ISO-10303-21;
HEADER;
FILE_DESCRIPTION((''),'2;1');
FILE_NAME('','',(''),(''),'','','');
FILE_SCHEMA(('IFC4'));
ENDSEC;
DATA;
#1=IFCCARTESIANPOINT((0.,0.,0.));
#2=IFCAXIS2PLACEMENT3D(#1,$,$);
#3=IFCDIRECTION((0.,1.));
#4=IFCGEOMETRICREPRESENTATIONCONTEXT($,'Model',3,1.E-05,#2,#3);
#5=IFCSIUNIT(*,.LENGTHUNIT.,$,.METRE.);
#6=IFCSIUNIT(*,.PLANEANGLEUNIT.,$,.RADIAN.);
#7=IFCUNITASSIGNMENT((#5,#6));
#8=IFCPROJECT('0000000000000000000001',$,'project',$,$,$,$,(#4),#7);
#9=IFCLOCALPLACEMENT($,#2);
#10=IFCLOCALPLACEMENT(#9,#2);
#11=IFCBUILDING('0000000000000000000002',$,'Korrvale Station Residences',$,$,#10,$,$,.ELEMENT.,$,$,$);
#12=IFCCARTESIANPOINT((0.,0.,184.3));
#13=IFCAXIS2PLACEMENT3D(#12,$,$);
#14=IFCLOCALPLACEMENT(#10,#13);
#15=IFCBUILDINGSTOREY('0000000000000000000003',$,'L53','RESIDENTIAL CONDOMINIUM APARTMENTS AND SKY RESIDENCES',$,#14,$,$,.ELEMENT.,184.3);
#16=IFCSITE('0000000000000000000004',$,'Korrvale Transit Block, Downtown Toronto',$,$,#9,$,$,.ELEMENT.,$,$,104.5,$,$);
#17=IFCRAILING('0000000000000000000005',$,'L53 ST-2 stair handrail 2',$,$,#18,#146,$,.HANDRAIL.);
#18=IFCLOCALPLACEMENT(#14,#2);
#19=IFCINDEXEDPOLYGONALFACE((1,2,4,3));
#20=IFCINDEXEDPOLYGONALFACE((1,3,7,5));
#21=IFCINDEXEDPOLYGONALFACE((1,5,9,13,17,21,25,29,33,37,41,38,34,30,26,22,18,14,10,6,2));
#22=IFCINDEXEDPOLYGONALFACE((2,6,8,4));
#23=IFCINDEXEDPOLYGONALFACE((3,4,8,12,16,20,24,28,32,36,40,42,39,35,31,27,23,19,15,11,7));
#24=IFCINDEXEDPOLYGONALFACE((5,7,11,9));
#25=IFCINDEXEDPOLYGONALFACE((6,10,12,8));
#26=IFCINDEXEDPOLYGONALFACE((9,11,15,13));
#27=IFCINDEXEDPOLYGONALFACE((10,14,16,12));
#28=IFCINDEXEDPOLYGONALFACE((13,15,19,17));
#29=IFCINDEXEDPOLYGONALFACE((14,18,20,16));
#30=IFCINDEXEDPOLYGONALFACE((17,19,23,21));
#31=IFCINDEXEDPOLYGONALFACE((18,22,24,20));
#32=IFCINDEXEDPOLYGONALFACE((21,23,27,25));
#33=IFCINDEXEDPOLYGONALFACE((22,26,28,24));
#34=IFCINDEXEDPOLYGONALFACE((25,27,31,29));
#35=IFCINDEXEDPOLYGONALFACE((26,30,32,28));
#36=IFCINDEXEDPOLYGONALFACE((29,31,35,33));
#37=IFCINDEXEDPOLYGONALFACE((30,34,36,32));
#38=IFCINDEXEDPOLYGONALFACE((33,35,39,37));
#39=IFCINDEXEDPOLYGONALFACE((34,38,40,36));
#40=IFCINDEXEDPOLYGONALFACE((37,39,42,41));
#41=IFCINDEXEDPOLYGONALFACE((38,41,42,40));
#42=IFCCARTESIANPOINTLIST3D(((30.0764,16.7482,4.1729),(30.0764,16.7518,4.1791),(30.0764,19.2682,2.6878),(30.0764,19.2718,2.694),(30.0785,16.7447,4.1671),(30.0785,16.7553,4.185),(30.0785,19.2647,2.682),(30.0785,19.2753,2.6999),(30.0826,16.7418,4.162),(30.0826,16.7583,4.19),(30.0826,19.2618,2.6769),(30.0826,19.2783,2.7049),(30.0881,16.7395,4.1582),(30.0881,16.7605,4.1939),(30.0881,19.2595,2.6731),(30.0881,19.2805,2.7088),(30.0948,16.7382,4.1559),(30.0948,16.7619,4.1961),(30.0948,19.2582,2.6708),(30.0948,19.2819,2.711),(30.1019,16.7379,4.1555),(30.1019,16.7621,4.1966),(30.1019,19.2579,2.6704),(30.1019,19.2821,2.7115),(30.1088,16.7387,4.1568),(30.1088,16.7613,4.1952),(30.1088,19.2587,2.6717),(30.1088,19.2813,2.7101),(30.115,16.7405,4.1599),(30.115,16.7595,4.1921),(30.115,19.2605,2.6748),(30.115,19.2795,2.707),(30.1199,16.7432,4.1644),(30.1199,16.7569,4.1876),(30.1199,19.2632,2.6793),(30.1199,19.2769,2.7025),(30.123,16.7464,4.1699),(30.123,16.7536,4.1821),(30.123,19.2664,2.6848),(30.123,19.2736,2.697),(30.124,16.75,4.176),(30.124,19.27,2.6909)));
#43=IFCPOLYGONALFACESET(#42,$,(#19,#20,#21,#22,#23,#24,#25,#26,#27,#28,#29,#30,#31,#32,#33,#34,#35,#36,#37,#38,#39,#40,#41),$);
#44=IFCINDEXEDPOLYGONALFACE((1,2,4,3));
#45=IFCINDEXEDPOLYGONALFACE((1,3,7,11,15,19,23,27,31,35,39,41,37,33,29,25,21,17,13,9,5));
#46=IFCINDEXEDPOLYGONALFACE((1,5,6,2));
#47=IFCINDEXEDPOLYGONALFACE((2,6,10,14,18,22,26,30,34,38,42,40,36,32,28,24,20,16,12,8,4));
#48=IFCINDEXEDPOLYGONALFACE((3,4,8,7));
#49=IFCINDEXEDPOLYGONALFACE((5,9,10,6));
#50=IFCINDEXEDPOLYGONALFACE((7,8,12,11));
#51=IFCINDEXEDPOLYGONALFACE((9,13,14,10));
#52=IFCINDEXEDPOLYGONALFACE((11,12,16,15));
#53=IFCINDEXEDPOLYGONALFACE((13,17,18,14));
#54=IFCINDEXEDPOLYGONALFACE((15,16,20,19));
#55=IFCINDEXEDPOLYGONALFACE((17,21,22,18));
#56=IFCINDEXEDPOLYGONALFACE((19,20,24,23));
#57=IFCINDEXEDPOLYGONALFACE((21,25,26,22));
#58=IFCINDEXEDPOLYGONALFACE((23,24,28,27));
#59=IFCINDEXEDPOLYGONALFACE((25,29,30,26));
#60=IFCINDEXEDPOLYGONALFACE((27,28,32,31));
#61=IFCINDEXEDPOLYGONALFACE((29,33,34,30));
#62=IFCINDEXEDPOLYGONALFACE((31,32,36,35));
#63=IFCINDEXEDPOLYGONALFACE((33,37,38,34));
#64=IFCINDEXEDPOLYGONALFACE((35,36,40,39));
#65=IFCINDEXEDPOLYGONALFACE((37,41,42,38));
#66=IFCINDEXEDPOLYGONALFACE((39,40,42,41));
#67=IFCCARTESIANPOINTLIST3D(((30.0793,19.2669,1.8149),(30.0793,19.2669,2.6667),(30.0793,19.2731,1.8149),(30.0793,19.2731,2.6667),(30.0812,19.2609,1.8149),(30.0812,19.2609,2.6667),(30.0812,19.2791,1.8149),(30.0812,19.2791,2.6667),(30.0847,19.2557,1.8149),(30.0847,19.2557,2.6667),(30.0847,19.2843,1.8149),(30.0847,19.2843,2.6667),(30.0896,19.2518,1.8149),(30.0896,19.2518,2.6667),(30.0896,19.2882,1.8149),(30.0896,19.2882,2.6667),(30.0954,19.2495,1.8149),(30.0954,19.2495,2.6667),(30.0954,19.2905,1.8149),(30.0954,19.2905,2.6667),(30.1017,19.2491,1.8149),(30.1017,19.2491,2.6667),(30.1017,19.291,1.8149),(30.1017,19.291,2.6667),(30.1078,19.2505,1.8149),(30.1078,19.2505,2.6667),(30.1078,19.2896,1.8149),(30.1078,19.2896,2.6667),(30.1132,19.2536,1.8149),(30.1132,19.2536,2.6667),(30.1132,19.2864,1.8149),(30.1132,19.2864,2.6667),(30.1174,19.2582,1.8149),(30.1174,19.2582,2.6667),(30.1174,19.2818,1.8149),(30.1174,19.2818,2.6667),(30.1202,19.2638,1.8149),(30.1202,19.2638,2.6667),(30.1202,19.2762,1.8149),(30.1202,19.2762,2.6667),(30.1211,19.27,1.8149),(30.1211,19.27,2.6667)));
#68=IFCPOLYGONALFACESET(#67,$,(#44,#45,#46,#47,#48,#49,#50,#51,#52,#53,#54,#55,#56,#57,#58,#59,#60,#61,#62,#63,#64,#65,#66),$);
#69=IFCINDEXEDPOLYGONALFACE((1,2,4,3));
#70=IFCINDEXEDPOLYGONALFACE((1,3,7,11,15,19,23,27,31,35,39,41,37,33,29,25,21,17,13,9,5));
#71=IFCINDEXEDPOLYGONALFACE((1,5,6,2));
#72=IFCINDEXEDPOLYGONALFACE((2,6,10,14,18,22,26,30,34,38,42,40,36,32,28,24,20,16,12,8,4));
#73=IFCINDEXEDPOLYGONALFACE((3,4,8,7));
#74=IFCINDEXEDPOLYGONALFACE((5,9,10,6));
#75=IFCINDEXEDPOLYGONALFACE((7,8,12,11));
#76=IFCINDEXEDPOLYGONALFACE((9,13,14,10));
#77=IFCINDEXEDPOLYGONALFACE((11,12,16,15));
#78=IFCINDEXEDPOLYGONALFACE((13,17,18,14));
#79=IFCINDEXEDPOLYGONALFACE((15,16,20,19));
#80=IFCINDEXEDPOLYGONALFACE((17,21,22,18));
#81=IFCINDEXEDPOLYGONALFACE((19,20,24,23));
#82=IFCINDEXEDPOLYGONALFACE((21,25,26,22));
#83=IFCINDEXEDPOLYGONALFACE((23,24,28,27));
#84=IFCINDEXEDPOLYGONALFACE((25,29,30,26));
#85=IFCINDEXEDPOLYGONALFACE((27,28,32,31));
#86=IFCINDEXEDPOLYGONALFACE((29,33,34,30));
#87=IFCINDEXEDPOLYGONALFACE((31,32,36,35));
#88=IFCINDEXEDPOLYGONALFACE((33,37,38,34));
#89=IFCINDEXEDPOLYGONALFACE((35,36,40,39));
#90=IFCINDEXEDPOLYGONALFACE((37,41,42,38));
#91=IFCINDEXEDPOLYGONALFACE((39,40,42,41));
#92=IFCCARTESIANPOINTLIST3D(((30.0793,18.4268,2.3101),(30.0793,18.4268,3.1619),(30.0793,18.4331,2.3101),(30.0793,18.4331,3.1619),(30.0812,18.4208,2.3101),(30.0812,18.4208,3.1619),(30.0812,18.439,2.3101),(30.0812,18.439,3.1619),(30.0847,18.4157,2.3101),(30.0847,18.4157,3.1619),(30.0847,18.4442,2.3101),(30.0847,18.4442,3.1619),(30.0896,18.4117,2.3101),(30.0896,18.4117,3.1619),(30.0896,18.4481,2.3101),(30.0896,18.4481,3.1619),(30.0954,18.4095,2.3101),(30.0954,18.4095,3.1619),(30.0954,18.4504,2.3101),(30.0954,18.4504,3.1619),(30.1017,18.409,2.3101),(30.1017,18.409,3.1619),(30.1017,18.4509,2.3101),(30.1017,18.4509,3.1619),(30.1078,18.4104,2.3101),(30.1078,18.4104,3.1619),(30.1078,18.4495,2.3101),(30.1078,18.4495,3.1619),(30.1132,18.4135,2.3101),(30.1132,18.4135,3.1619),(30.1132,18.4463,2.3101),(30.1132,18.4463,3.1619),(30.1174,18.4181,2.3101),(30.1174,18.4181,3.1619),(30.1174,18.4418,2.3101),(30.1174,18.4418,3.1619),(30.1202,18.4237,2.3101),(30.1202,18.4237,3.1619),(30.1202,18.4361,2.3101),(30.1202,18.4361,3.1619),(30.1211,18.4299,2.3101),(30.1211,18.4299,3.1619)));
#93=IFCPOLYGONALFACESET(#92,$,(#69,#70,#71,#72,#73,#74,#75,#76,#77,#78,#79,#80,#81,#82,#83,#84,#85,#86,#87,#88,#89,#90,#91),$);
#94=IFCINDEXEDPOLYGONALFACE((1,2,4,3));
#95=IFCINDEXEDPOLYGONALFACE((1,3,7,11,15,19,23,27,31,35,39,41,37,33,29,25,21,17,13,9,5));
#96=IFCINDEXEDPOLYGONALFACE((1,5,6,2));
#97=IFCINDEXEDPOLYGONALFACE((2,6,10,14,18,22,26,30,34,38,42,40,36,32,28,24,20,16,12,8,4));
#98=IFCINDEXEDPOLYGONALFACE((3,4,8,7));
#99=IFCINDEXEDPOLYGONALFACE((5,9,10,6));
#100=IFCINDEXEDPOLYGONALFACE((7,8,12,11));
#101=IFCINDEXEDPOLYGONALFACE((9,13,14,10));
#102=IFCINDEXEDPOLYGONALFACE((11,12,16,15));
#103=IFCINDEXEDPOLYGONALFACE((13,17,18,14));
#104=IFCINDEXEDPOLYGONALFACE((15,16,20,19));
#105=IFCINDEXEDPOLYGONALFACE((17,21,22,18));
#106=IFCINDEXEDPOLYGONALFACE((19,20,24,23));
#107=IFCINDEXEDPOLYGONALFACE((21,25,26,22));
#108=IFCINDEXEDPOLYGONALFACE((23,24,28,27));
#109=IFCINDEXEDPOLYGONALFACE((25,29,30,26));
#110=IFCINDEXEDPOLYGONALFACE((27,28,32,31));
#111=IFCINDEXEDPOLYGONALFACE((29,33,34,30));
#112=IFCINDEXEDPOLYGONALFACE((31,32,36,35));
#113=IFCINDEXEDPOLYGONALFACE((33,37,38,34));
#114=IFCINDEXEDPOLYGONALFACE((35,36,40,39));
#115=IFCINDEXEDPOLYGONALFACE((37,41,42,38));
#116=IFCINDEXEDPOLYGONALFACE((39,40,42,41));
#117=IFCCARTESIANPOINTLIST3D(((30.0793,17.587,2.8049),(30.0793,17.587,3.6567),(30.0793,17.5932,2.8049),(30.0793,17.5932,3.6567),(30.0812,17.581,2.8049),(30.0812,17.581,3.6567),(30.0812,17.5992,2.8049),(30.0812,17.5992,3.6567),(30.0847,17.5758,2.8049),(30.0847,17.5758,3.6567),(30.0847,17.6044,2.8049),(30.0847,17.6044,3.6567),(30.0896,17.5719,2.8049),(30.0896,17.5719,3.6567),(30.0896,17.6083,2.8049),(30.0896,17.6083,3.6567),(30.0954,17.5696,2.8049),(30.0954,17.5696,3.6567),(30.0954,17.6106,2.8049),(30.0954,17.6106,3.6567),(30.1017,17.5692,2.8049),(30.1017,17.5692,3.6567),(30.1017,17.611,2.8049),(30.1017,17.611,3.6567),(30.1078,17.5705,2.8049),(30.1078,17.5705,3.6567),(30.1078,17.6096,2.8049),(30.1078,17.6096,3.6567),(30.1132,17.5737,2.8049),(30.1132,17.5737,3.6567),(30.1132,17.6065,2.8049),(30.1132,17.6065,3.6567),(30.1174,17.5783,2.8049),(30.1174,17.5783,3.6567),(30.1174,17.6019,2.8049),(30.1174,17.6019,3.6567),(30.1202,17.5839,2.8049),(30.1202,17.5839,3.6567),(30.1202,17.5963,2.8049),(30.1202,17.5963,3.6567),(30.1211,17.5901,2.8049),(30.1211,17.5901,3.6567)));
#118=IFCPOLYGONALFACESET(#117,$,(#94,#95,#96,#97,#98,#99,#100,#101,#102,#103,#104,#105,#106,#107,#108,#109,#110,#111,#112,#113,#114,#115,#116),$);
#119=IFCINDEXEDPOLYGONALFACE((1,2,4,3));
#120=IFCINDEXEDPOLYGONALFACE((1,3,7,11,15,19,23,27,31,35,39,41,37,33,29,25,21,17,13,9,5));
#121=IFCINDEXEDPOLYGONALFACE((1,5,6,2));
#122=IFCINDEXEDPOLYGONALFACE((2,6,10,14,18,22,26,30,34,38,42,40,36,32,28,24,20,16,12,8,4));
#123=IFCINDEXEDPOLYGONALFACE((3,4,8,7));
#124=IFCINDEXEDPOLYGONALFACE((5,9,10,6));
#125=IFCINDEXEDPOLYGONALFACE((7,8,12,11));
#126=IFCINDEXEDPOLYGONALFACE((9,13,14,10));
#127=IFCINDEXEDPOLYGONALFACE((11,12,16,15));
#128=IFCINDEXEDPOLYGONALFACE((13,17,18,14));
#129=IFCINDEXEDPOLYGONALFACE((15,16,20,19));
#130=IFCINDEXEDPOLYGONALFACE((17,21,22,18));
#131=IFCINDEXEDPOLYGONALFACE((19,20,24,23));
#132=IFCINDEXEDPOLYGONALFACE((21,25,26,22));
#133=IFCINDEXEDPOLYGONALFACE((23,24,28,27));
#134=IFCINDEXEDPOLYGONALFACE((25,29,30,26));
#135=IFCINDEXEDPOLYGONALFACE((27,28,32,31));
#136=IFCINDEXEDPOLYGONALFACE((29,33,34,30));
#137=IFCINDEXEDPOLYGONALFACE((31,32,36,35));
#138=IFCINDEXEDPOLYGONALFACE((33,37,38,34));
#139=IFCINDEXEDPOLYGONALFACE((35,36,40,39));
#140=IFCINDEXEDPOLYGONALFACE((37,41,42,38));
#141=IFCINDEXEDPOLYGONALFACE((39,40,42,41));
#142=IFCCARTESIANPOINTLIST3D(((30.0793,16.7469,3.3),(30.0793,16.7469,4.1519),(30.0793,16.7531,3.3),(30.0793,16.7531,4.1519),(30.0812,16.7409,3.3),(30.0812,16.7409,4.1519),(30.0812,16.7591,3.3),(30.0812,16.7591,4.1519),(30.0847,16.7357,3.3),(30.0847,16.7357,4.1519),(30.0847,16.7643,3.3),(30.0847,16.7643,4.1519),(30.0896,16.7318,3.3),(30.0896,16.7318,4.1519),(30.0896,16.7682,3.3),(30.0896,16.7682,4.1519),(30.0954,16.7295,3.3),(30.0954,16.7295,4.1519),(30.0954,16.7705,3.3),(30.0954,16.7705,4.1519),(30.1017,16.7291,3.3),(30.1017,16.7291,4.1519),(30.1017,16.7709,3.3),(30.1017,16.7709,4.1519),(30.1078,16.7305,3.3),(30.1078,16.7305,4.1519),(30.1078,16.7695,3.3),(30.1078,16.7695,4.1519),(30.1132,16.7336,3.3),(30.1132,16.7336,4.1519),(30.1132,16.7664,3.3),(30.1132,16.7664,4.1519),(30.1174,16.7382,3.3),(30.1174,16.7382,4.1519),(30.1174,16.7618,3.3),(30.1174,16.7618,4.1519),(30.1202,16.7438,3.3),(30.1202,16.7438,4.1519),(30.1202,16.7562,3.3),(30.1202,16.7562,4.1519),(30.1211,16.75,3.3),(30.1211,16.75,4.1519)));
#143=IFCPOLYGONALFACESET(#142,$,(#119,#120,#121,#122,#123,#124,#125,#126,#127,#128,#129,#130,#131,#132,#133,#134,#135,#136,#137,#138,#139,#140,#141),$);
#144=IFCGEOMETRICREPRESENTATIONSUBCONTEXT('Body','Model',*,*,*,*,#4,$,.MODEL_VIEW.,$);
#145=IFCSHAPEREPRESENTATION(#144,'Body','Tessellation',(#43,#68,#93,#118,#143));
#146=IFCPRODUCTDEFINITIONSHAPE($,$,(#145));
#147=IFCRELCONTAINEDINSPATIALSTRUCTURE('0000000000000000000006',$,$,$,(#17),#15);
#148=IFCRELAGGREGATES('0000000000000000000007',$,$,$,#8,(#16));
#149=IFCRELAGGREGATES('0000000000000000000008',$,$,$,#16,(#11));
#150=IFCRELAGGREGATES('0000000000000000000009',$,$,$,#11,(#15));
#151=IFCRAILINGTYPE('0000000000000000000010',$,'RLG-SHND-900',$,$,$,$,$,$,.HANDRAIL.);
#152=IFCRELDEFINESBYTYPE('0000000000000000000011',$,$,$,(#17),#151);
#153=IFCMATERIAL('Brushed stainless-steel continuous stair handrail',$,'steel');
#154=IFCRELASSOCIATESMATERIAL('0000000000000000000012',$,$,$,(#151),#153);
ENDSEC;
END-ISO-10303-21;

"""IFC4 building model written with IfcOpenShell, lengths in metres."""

from ifc_helpers import new_model, si_unit, direction, frame, origin, origin_2d, place, context, subcontext, project, spatial, circle, extrude, material, type_object, element, save


model = new_model("IFC4")

# Units and contexts
model_context = context("Model", 3, precision=1e-05, world=origin(), true_north=direction((0.0, 1.0)))
body_context = subcontext(model_context, "Body", "Model", "MODEL_VIEW")
ifc_project = project(units=[si_unit("LENGTHUNIT", "METRE"), si_unit("PLANEANGLEUNIT", "RADIAN")], contexts=[model_context])

# Site, building, storey
site_placement = place(None, origin())
site = spatial("IfcSite", under=ifc_project, at=site_placement, Name="Korrvale Transit Block, Downtown Toronto", CompositionType="ELEMENT", RefElevation=104.5)
building_placement = place(site_placement, origin())
building = spatial("IfcBuilding", under=site, at=building_placement, Name="Korrvale Station Residences", CompositionType="ELEMENT")
storey_placement = place(building_placement, frame((0.0, 0.0, 184.3)))
storey = spatial("IfcBuildingStorey", under=building, at=storey_placement, Name="L53", Description="RESIDENTIAL CONDOMINIUM APARTMENTS AND SKY RESIDENCES", CompositionType="ELEMENT", Elevation=184.3)

# Railing
ifc_material_1 = material(Name="Brushed stainless-steel continuous stair handrail", Category="steel")
railing_type_1 = type_object("IfcRailingType", Name="RLG-SHND-900", PredefinedType="HANDRAIL", material=ifc_material_1)
railing_1_placement = place(storey_placement, frame((30.1001, 19.27, 1.8149)))
element("IfcRailing", 1, at=railing_1_placement, inside=storey, type_object=railing_type_1, Name="L53 ST-2 stair handrail 2", PredefinedType="HANDRAIL", context=body_context, shape_type="SweptSolid", body=[
    extrude(circle(Radius=0.0239, at=origin_2d()), frame((0.0, 0.0, 0.876), z_axis=(0.0, -0.861524, 0.507717), x_axis=(1.0, 0.0, 0.0)), (0.0, 0.0, 1.0), 2.925),
    extrude(circle(Radius=0.021, at=origin_2d()), origin(), (0.0, 0.0, 1.0), 0.8518),
    extrude(circle(Radius=0.021, at=origin_2d()), frame((0.0, -0.8401, 0.4951)), (0.0, 0.0, 1.0), 0.8518),
    extrude(circle(Radius=0.021, at=origin_2d()), frame((0.0, -1.6799, 0.99)), (0.0, 0.0, 1.0), 0.8518),
    extrude(circle(Radius=0.021, at=origin_2d()), frame((0.0, -2.52, 1.4851)), (0.0, 0.0, 1.0), 0.8518),
])

save(model, "model.ifc")
